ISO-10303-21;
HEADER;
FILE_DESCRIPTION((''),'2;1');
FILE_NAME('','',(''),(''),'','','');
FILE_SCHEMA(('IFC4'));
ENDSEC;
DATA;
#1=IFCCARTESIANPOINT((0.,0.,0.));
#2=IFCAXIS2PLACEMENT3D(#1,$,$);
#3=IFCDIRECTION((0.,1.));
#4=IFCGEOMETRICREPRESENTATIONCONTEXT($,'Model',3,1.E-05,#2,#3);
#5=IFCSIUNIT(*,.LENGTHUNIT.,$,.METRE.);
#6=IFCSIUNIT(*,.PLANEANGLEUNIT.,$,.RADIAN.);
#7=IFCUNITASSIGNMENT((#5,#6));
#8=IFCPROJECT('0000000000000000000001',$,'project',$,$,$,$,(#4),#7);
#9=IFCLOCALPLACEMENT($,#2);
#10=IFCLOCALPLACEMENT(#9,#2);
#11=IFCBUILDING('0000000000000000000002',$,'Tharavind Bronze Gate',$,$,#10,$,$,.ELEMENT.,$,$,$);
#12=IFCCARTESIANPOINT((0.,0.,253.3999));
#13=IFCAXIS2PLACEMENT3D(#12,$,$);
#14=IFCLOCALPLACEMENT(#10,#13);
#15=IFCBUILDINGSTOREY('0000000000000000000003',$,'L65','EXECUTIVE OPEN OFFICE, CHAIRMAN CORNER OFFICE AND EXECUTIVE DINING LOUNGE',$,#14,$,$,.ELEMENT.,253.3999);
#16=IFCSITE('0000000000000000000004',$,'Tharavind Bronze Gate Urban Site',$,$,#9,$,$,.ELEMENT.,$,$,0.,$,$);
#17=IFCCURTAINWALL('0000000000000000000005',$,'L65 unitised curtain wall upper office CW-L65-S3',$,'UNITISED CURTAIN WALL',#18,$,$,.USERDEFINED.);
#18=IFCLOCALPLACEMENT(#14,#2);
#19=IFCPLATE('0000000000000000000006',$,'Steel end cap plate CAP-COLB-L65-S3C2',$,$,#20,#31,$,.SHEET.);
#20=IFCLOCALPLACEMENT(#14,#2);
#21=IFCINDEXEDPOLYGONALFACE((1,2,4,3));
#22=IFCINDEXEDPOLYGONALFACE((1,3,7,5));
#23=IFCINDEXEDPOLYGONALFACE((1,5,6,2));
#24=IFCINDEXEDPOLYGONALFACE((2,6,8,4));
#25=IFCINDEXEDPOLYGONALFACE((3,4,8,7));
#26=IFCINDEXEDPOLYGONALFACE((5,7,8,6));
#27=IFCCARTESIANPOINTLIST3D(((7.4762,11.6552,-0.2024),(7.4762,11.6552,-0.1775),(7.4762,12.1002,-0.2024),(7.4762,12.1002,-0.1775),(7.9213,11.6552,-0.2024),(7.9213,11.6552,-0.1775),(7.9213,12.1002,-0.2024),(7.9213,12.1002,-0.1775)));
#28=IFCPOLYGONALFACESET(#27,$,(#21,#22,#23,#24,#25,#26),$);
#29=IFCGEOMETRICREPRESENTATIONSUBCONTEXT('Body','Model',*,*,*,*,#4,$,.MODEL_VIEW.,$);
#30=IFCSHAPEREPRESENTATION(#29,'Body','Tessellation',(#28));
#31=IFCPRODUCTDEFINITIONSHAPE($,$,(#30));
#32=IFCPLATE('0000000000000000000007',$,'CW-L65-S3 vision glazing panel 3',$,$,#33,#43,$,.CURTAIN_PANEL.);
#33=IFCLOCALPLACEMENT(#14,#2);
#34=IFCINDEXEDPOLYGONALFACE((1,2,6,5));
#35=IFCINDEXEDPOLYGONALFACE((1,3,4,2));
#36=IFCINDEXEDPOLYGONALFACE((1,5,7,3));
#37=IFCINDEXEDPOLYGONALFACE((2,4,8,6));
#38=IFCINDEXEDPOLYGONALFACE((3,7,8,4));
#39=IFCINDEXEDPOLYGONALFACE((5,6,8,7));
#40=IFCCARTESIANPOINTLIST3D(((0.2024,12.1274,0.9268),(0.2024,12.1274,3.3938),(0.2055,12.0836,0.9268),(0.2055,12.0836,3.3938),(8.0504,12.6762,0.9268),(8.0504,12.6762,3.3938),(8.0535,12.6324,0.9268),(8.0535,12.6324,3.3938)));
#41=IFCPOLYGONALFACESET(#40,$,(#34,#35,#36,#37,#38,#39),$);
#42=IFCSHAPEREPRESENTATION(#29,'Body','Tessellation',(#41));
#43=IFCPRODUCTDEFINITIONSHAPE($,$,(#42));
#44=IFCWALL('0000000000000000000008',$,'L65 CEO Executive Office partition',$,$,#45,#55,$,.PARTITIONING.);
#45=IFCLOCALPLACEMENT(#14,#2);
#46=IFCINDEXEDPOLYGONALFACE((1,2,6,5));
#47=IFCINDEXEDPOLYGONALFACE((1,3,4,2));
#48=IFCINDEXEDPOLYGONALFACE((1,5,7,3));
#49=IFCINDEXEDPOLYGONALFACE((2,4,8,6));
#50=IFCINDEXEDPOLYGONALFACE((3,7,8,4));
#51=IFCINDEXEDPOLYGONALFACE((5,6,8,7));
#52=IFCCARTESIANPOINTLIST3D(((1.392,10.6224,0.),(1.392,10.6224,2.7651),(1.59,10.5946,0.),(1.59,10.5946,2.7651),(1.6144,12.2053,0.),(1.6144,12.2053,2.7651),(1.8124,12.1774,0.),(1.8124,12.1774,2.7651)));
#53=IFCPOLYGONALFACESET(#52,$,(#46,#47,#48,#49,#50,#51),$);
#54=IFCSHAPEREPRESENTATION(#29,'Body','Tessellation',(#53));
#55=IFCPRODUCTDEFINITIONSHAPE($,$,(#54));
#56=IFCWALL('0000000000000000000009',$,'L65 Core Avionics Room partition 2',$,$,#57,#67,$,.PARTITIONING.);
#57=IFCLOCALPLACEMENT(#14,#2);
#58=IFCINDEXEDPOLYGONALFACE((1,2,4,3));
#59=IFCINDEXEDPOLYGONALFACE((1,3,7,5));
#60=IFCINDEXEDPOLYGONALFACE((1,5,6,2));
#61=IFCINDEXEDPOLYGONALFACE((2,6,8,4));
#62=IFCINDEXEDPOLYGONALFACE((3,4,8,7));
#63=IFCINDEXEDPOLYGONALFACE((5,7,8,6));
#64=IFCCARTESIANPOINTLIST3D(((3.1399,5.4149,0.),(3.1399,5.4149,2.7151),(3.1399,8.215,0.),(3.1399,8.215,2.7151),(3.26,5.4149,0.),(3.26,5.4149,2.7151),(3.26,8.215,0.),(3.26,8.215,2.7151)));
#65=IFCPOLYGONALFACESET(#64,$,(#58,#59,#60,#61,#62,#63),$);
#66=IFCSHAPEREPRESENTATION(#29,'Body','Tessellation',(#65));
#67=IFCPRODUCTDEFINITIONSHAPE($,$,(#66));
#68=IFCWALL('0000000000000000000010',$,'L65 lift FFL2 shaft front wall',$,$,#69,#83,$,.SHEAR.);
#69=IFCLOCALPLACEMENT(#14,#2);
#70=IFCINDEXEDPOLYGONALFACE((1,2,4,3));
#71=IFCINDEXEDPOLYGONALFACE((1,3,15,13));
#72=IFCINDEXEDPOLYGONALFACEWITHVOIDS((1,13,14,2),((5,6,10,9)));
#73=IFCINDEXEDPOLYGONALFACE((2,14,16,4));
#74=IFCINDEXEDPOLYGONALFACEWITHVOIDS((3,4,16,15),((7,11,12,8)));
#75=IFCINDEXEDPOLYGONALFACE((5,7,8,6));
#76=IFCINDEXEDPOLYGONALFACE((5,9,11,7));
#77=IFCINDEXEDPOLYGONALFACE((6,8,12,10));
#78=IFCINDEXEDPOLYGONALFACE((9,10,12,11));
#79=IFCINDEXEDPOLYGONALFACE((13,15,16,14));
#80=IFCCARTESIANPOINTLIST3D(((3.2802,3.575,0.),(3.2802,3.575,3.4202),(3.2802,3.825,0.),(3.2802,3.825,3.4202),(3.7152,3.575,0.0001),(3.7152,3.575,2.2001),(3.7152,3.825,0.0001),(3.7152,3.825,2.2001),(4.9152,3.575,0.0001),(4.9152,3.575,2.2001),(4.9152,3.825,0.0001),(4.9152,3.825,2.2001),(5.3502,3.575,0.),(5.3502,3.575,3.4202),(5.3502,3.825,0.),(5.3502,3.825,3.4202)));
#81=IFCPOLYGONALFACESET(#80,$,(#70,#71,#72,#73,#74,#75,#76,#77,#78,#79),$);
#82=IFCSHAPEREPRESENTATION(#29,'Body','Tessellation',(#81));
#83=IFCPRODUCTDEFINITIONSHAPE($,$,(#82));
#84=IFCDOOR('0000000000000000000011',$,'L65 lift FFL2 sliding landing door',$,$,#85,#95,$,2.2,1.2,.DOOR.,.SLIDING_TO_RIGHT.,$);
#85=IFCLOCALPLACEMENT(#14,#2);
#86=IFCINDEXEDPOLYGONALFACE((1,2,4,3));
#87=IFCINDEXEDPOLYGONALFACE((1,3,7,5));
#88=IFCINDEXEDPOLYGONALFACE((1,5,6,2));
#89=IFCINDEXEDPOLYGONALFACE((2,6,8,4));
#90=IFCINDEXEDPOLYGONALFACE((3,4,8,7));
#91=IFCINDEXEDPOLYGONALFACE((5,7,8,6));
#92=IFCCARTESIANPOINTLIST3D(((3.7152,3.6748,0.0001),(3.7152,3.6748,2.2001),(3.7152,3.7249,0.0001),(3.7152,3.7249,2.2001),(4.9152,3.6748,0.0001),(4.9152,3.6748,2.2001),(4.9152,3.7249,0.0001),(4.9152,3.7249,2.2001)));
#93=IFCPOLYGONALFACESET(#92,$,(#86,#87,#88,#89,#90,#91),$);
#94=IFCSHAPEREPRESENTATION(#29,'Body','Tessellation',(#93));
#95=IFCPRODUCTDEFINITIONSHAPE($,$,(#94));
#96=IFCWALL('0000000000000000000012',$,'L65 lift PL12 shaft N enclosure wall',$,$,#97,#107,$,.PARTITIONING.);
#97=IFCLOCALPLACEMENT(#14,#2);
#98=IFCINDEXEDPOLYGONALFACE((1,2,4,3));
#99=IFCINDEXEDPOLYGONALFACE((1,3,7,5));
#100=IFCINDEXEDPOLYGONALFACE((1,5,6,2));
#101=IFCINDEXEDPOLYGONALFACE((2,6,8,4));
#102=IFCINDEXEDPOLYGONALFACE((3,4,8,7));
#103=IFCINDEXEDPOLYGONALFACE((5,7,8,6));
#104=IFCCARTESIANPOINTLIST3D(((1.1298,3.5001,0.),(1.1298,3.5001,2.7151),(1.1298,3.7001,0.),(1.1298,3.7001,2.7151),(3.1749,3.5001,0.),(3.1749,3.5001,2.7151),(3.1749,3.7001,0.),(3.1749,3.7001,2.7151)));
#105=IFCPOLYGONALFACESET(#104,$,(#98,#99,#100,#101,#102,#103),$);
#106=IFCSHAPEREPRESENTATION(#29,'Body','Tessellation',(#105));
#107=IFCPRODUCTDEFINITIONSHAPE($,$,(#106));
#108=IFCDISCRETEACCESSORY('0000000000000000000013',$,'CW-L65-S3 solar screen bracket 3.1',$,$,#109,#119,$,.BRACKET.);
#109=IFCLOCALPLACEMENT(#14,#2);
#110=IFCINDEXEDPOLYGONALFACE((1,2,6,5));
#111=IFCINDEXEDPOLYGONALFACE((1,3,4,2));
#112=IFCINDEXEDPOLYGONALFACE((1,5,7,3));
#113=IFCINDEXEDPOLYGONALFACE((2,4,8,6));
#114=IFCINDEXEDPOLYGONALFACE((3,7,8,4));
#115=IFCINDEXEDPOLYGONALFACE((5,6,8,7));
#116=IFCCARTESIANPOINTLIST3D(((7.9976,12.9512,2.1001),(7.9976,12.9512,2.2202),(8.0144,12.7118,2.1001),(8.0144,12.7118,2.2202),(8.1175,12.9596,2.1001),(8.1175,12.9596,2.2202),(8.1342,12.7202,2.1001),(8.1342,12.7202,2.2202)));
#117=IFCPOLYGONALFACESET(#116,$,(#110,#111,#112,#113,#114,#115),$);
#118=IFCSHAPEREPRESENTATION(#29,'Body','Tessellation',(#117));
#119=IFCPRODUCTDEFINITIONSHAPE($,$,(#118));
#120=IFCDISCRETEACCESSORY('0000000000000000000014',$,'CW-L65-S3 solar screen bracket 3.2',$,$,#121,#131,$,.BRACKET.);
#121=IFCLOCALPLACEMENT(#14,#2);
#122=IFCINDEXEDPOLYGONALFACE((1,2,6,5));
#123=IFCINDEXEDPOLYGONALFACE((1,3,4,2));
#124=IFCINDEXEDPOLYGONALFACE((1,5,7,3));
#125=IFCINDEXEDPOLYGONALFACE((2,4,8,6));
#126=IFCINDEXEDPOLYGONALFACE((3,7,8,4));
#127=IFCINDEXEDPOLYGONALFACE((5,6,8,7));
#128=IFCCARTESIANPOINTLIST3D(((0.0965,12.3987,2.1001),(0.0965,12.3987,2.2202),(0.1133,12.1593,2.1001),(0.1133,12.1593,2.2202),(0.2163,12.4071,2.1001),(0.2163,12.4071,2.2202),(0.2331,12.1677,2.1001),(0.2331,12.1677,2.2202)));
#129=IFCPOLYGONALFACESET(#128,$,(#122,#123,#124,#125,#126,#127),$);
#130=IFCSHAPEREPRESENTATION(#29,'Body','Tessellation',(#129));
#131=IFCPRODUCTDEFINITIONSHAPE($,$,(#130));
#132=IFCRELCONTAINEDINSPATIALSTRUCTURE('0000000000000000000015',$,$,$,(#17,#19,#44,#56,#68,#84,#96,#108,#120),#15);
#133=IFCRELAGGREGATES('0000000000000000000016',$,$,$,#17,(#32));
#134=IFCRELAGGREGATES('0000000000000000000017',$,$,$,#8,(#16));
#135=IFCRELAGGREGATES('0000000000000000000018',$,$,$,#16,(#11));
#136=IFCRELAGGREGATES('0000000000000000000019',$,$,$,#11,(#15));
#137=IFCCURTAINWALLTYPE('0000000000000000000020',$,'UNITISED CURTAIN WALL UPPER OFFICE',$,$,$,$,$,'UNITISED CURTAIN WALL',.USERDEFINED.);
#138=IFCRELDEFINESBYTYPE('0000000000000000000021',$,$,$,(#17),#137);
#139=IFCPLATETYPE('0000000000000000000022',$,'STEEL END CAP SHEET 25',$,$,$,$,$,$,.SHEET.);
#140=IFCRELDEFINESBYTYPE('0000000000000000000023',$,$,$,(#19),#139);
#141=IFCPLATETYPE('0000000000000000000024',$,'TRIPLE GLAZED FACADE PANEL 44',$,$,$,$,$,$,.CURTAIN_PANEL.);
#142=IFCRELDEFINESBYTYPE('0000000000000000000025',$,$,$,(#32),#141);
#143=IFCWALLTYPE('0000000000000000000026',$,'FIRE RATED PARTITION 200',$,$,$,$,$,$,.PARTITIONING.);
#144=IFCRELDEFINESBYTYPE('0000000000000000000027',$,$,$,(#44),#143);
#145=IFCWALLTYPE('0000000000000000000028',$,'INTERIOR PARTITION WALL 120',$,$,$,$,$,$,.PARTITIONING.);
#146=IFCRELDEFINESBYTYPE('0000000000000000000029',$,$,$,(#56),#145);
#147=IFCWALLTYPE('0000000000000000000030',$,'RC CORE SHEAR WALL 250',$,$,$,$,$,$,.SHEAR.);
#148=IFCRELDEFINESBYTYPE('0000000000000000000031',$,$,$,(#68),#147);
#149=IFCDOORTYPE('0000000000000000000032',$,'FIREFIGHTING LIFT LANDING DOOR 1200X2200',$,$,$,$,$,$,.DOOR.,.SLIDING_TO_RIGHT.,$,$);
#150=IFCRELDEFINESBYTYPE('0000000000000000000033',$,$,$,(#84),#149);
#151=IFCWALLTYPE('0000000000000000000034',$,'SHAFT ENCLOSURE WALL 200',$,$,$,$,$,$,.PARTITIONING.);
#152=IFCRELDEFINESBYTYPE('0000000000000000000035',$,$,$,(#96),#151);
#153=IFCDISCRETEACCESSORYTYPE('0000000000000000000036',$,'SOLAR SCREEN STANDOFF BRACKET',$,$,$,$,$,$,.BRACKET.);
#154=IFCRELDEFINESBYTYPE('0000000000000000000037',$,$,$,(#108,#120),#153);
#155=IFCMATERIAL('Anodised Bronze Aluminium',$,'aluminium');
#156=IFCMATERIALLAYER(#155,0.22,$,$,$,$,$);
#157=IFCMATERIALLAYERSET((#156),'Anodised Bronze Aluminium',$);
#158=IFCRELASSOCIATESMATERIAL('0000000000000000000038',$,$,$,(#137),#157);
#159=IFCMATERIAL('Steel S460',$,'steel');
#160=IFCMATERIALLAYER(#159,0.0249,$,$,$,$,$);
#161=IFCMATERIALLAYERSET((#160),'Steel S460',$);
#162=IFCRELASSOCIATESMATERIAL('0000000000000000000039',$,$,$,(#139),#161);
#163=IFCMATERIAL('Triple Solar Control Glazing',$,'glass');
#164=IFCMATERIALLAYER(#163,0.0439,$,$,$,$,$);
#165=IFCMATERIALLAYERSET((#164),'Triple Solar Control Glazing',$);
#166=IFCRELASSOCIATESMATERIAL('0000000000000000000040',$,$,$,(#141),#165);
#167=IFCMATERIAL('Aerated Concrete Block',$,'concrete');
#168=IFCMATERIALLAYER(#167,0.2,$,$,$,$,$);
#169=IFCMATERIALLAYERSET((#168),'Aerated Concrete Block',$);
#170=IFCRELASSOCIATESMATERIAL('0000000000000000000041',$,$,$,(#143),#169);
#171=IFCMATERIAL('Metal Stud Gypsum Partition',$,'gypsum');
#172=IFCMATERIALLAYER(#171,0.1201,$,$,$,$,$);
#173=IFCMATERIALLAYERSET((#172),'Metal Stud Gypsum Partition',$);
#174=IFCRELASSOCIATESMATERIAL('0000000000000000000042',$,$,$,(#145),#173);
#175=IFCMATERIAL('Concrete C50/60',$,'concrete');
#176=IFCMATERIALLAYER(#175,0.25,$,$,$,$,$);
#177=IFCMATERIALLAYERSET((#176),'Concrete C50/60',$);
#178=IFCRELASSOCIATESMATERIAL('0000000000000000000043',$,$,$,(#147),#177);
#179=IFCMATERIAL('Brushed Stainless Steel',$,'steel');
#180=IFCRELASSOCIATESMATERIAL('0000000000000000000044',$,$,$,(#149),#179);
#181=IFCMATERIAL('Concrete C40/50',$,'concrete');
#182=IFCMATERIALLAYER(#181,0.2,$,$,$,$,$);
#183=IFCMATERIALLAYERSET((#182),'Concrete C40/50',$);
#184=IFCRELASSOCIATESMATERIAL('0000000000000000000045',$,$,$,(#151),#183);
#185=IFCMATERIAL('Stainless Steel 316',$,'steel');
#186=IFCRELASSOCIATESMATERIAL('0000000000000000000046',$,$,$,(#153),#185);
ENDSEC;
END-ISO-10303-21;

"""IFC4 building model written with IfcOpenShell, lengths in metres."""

from ifc_helpers import new_model, si_unit, direction, frame, frame_2d, origin, origin_2d, place, context, subcontext, project, spatial, rectangle, extrude, material, layer, layer_set, type_object, element, fill, aggregate, save


model = new_model("IFC4")

# Units and contexts
model_context = context("Model", 3, precision=1e-05, world=origin(), true_north=direction((0.0, 1.0)))
body_context = subcontext(model_context, "Body", "Model", "MODEL_VIEW")
ifc_project = project(units=[si_unit("LENGTHUNIT", "METRE"), si_unit("PLANEANGLEUNIT", "RADIAN")], contexts=[model_context])

# Site, building, storey
site_placement = place(None, origin())
site = spatial("IfcSite", under=ifc_project, at=site_placement, Name="Tharavind Bronze Gate Urban Site", CompositionType="ELEMENT", RefElevation=0.0)
building_placement = place(site_placement, origin())
building = spatial("IfcBuilding", under=site, at=building_placement, Name="Tharavind Bronze Gate", CompositionType="ELEMENT")
storey_placement = place(building_placement, frame((0.0, 0.0, 253.3999)))
storey = spatial("IfcBuildingStorey", under=building, at=storey_placement, Name="L65", Description="EXECUTIVE OPEN OFFICE, CHAIRMAN CORNER OFFICE AND EXECUTIVE DINING LOUNGE", CompositionType="ELEMENT", Elevation=253.3999)

# Shared definitions
ifc_material_1 = material(Name="Concrete C50/60", Category="concrete")
ifc_material_2 = material(Name="Steel S460", Category="steel")

# Curtain wall
ifc_material_3 = material(Name="Anodised Bronze Aluminium", Category="aluminium")
ifc_layer_1 = layer(ifc_material_3, 0.22)
ifc_layer_set_1 = layer_set([ifc_layer_1], Name="Anodised Bronze Aluminium")
curtain_wall_type = type_object("IfcCurtainWallType", Name="UNITISED CURTAIN WALL UPPER OFFICE", ElementType="UNITISED CURTAIN WALL", PredefinedType="USERDEFINED", material=ifc_layer_set_1)
curtain_wall_placement = place(storey_placement, origin())
curtain_wall = element("IfcCurtainWall", 1, at=curtain_wall_placement, inside=storey, type_object=curtain_wall_type, Name="L65 unitised curtain wall upper office CW-L65-S3", ObjectType="UNITISED CURTAIN WALL", PredefinedType="USERDEFINED")

# Plates
ifc_layer_2 = layer(ifc_material_2, 0.0249)
ifc_layer_set_2 = layer_set([ifc_layer_2], Name="Steel S460")
plate_type_1 = type_object("IfcPlateType", Name="STEEL END CAP SHEET 25", PredefinedType="SHEET", material=ifc_layer_set_2)
plate_1_placement = place(storey_placement, frame((7.6987, 11.8777, -0.2024), z_axis=(0.0, 0.0, 1.0), x_axis=(1.0, 0.0, 0.0)))
element("IfcPlate", 2, at=plate_1_placement, inside=storey, type_object=plate_type_1, Name="Steel end cap plate CAP-COLB-L65-S3C2", PredefinedType="SHEET", context=body_context, shape_type="SweptSolid", body=[
    extrude(rectangle(XDim=0.4451, YDim=0.4451, at=origin_2d()), origin(), (0.0, 0.0, 1.0), 0.0249),
])
ifc_material_4 = material(Name="Triple Solar Control Glazing", Category="glass")
ifc_layer_3 = layer(ifc_material_4, 0.0439)
ifc_layer_set_3 = layer_set([ifc_layer_3], Name="Triple Solar Control Glazing")
plate_type_2 = type_object("IfcPlateType", Name="TRIPLE GLAZED FACADE PANEL 44", PredefinedType="CURTAIN_PANEL", material=ifc_layer_set_3)
plate_2_placement = place(storey_placement, frame((4.1279, 12.3799, 0.9268), z_axis=(0.0, 0.0, 1.0), x_axis=(-0.997564, -0.06976, 0.0)))
plate_2 = element("IfcPlate", 3, at=plate_2_placement, type_object=plate_type_2, Name="CW-L65-S3 vision glazing panel 3", PredefinedType="CURTAIN_PANEL", context=body_context, shape_type="SweptSolid", body=[
    extrude(rectangle(XDim=7.8672, YDim=0.0439, at=origin_2d()), origin(), (0.0, 0.0, 1.0), 2.467),
])
aggregate(curtain_wall, [plate_2])

# Shared definitions
ifc_material_5 = material(Name="Aerated Concrete Block", Category="concrete")
ifc_layer_4 = layer(ifc_material_5, 0.2)
ifc_layer_set_4 = layer_set([ifc_layer_4], Name="Aerated Concrete Block")
wall_type_1 = type_object("IfcWallType", Name="FIRE RATED PARTITION 200", PredefinedType="PARTITIONING", material=ifc_layer_set_4)

# Wall
wall_1_placement = place(storey_placement, frame((1.491, 10.6084, 0.0), z_axis=(0.0, 0.0, 1.0), x_axis=(0.139154, 0.990271, 0.0)))
element("IfcWall", 4, at=wall_1_placement, inside=storey, type_object=wall_type_1, Name="L65 CEO Executive Office partition", PredefinedType="PARTITIONING", context=body_context, shape_type="SweptSolid", body=[
    extrude(rectangle(XDim=1.5984, YDim=0.2, at=frame_2d((0.7993, 0.0))), origin(), (0.0, 0.0, 1.0), 2.7651),
])

# Wall
ifc_material_6 = material(Name="Metal Stud Gypsum Partition", Category="gypsum")
ifc_layer_5 = layer(ifc_material_6, 0.1201)
ifc_layer_set_5 = layer_set([ifc_layer_5], Name="Metal Stud Gypsum Partition")
wall_type_2 = type_object("IfcWallType", Name="INTERIOR PARTITION WALL 120", PredefinedType="PARTITIONING", material=ifc_layer_set_5)
wall_2_placement = place(storey_placement, frame((3.2, 5.415, 0.0), z_axis=(0.0, 0.0, 1.0), x_axis=(0.0, 1.0, 0.0)))
element("IfcWall", 5, at=wall_2_placement, inside=storey, type_object=wall_type_2, Name="L65 Core Avionics Room partition 2", PredefinedType="PARTITIONING", context=body_context, shape_type="SweptSolid", body=[
    extrude(rectangle(XDim=2.8, YDim=0.1201, at=frame_2d((1.3999, 0.0))), origin(), (0.0, 0.0, 1.0), 2.7151),
])

# Wall, opening, door
ifc_layer_6 = layer(ifc_material_1, 0.25)
ifc_layer_set_6 = layer_set([ifc_layer_6], Name="Concrete C50/60")
wall_type_3 = type_object("IfcWallType", Name="RC CORE SHEAR WALL 250", PredefinedType="SHEAR", material=ifc_layer_set_6)
wall_3_placement = place(storey_placement, frame((3.28, 3.7, 0.0), z_axis=(0.0, 0.0, 1.0), x_axis=(1.0, 0.0, 0.0)))
wall_3 = element("IfcWall", 6, at=wall_3_placement, inside=storey, type_object=wall_type_3, Name="L65 lift FFL2 shaft front wall", PredefinedType="SHEAR", context=body_context, shape_type="SweptSolid", body=[
    extrude(rectangle(XDim=2.0701, YDim=0.25, at=frame_2d((1.0352, 0.0))), origin(), (0.0, 0.0, 1.0), 3.4202),
])
opening_1_placement = place(wall_3_placement, frame((0.4351, 0.0, 0.0)))
opening_1 = element("IfcOpeningElement", 7, at=opening_1_placement, cuts=wall_3, PredefinedType="OPENING", context=body_context, shape_type="SweptSolid", body=[
    extrude(rectangle(XDim=1.2, YDim=2.2, at=frame_2d((0.6001, 1.1001))), frame((0.0, 0.135, 0.0), z_axis=(0.0, -1.0, 0.0), x_axis=(1.0, 0.0, 0.0)), (0.0, 0.0, 1.0), 0.27),
])
ifc_material_7 = material(Name="Brushed Stainless Steel", Category="steel")
door_type_1 = type_object("IfcDoorType", Name="FIREFIGHTING LIFT LANDING DOOR 1200X2200", OperationType="SLIDING_TO_RIGHT", PredefinedType="DOOR", material=ifc_material_7)
door_1_placement = place(opening_1_placement, origin())
door_1 = element("IfcDoor", 8, at=door_1_placement, inside=storey, type_object=door_type_1, Name="L65 lift FFL2 sliding landing door", OperationType="SLIDING_TO_RIGHT", OverallHeight=2.2, OverallWidth=1.2, PredefinedType="DOOR", context=body_context, shape_type="SweptSolid", body=[
    extrude(rectangle(XDim=1.2, YDim=2.2, at=frame_2d((0.6001, 1.1001))), frame((0.0, 0.0249, 0.0), z_axis=(0.0, -1.0, 0.0), x_axis=(1.0, 0.0, 0.0)), (0.0, 0.0, 1.0), 0.05),
])
fill(opening_1, door_1)

# Wall
ifc_material_8 = material(Name="Concrete C40/50", Category="concrete")
ifc_layer_7 = layer(ifc_material_8, 0.2)
ifc_layer_set_7 = layer_set([ifc_layer_7], Name="Concrete C40/50")
wall_type_4 = type_object("IfcWallType", Name="SHAFT ENCLOSURE WALL 200", PredefinedType="PARTITIONING", material=ifc_layer_set_7)
wall_4_placement = place(storey_placement, frame((1.1299, 3.6001, 0.0), z_axis=(0.0, 0.0, 1.0), x_axis=(1.0, 0.0, 0.0)))
element("IfcWall", 9, at=wall_4_placement, inside=storey, type_object=wall_type_4, Name="L65 lift PL12 shaft N enclosure wall", PredefinedType="PARTITIONING", context=body_context, shape_type="SweptSolid", body=[
    extrude(rectangle(XDim=2.0452, YDim=0.2, at=frame_2d((1.0225, 0.0))), origin(), (0.0, 0.0, 1.0), 2.7151),
])

# Discrete accessories
ifc_material_9 = material(Name="Stainless Steel 316", Category="steel")
discrete_accessory_type = type_object("IfcDiscreteAccessoryType", Name="SOLAR SCREEN STANDOFF BRACKET", PredefinedType="BRACKET", material=ifc_material_9)
for number, where, z_axis, x_axis, name in (
    (10, (8.0659, 12.8357, 2.1001), (0.0, 0.0, 1.0), (-0.997564, -0.06976, 0.0), "CW-L65-S3 solar screen bracket 3.1"),
    (11, (0.1648, 12.2832, 2.1001), (0.0, 0.0, 1.0), (-0.997564, -0.06976, 0.0), "CW-L65-S3 solar screen bracket 3.2"),
):
    element("IfcDiscreteAccessory", number, at=place(storey_placement, frame(where, z_axis=z_axis, x_axis=x_axis)), inside=storey, type_object=discrete_accessory_type, Name=name, PredefinedType="BRACKET", context=body_context, shape_type="SweptSolid", body=[
        extrude(rectangle(XDim=0.1201, YDim=0.24, at=origin_2d()), origin(), (0.0, 0.0, 1.0), 0.1201),
    ])

save(model, "model.ifc")
